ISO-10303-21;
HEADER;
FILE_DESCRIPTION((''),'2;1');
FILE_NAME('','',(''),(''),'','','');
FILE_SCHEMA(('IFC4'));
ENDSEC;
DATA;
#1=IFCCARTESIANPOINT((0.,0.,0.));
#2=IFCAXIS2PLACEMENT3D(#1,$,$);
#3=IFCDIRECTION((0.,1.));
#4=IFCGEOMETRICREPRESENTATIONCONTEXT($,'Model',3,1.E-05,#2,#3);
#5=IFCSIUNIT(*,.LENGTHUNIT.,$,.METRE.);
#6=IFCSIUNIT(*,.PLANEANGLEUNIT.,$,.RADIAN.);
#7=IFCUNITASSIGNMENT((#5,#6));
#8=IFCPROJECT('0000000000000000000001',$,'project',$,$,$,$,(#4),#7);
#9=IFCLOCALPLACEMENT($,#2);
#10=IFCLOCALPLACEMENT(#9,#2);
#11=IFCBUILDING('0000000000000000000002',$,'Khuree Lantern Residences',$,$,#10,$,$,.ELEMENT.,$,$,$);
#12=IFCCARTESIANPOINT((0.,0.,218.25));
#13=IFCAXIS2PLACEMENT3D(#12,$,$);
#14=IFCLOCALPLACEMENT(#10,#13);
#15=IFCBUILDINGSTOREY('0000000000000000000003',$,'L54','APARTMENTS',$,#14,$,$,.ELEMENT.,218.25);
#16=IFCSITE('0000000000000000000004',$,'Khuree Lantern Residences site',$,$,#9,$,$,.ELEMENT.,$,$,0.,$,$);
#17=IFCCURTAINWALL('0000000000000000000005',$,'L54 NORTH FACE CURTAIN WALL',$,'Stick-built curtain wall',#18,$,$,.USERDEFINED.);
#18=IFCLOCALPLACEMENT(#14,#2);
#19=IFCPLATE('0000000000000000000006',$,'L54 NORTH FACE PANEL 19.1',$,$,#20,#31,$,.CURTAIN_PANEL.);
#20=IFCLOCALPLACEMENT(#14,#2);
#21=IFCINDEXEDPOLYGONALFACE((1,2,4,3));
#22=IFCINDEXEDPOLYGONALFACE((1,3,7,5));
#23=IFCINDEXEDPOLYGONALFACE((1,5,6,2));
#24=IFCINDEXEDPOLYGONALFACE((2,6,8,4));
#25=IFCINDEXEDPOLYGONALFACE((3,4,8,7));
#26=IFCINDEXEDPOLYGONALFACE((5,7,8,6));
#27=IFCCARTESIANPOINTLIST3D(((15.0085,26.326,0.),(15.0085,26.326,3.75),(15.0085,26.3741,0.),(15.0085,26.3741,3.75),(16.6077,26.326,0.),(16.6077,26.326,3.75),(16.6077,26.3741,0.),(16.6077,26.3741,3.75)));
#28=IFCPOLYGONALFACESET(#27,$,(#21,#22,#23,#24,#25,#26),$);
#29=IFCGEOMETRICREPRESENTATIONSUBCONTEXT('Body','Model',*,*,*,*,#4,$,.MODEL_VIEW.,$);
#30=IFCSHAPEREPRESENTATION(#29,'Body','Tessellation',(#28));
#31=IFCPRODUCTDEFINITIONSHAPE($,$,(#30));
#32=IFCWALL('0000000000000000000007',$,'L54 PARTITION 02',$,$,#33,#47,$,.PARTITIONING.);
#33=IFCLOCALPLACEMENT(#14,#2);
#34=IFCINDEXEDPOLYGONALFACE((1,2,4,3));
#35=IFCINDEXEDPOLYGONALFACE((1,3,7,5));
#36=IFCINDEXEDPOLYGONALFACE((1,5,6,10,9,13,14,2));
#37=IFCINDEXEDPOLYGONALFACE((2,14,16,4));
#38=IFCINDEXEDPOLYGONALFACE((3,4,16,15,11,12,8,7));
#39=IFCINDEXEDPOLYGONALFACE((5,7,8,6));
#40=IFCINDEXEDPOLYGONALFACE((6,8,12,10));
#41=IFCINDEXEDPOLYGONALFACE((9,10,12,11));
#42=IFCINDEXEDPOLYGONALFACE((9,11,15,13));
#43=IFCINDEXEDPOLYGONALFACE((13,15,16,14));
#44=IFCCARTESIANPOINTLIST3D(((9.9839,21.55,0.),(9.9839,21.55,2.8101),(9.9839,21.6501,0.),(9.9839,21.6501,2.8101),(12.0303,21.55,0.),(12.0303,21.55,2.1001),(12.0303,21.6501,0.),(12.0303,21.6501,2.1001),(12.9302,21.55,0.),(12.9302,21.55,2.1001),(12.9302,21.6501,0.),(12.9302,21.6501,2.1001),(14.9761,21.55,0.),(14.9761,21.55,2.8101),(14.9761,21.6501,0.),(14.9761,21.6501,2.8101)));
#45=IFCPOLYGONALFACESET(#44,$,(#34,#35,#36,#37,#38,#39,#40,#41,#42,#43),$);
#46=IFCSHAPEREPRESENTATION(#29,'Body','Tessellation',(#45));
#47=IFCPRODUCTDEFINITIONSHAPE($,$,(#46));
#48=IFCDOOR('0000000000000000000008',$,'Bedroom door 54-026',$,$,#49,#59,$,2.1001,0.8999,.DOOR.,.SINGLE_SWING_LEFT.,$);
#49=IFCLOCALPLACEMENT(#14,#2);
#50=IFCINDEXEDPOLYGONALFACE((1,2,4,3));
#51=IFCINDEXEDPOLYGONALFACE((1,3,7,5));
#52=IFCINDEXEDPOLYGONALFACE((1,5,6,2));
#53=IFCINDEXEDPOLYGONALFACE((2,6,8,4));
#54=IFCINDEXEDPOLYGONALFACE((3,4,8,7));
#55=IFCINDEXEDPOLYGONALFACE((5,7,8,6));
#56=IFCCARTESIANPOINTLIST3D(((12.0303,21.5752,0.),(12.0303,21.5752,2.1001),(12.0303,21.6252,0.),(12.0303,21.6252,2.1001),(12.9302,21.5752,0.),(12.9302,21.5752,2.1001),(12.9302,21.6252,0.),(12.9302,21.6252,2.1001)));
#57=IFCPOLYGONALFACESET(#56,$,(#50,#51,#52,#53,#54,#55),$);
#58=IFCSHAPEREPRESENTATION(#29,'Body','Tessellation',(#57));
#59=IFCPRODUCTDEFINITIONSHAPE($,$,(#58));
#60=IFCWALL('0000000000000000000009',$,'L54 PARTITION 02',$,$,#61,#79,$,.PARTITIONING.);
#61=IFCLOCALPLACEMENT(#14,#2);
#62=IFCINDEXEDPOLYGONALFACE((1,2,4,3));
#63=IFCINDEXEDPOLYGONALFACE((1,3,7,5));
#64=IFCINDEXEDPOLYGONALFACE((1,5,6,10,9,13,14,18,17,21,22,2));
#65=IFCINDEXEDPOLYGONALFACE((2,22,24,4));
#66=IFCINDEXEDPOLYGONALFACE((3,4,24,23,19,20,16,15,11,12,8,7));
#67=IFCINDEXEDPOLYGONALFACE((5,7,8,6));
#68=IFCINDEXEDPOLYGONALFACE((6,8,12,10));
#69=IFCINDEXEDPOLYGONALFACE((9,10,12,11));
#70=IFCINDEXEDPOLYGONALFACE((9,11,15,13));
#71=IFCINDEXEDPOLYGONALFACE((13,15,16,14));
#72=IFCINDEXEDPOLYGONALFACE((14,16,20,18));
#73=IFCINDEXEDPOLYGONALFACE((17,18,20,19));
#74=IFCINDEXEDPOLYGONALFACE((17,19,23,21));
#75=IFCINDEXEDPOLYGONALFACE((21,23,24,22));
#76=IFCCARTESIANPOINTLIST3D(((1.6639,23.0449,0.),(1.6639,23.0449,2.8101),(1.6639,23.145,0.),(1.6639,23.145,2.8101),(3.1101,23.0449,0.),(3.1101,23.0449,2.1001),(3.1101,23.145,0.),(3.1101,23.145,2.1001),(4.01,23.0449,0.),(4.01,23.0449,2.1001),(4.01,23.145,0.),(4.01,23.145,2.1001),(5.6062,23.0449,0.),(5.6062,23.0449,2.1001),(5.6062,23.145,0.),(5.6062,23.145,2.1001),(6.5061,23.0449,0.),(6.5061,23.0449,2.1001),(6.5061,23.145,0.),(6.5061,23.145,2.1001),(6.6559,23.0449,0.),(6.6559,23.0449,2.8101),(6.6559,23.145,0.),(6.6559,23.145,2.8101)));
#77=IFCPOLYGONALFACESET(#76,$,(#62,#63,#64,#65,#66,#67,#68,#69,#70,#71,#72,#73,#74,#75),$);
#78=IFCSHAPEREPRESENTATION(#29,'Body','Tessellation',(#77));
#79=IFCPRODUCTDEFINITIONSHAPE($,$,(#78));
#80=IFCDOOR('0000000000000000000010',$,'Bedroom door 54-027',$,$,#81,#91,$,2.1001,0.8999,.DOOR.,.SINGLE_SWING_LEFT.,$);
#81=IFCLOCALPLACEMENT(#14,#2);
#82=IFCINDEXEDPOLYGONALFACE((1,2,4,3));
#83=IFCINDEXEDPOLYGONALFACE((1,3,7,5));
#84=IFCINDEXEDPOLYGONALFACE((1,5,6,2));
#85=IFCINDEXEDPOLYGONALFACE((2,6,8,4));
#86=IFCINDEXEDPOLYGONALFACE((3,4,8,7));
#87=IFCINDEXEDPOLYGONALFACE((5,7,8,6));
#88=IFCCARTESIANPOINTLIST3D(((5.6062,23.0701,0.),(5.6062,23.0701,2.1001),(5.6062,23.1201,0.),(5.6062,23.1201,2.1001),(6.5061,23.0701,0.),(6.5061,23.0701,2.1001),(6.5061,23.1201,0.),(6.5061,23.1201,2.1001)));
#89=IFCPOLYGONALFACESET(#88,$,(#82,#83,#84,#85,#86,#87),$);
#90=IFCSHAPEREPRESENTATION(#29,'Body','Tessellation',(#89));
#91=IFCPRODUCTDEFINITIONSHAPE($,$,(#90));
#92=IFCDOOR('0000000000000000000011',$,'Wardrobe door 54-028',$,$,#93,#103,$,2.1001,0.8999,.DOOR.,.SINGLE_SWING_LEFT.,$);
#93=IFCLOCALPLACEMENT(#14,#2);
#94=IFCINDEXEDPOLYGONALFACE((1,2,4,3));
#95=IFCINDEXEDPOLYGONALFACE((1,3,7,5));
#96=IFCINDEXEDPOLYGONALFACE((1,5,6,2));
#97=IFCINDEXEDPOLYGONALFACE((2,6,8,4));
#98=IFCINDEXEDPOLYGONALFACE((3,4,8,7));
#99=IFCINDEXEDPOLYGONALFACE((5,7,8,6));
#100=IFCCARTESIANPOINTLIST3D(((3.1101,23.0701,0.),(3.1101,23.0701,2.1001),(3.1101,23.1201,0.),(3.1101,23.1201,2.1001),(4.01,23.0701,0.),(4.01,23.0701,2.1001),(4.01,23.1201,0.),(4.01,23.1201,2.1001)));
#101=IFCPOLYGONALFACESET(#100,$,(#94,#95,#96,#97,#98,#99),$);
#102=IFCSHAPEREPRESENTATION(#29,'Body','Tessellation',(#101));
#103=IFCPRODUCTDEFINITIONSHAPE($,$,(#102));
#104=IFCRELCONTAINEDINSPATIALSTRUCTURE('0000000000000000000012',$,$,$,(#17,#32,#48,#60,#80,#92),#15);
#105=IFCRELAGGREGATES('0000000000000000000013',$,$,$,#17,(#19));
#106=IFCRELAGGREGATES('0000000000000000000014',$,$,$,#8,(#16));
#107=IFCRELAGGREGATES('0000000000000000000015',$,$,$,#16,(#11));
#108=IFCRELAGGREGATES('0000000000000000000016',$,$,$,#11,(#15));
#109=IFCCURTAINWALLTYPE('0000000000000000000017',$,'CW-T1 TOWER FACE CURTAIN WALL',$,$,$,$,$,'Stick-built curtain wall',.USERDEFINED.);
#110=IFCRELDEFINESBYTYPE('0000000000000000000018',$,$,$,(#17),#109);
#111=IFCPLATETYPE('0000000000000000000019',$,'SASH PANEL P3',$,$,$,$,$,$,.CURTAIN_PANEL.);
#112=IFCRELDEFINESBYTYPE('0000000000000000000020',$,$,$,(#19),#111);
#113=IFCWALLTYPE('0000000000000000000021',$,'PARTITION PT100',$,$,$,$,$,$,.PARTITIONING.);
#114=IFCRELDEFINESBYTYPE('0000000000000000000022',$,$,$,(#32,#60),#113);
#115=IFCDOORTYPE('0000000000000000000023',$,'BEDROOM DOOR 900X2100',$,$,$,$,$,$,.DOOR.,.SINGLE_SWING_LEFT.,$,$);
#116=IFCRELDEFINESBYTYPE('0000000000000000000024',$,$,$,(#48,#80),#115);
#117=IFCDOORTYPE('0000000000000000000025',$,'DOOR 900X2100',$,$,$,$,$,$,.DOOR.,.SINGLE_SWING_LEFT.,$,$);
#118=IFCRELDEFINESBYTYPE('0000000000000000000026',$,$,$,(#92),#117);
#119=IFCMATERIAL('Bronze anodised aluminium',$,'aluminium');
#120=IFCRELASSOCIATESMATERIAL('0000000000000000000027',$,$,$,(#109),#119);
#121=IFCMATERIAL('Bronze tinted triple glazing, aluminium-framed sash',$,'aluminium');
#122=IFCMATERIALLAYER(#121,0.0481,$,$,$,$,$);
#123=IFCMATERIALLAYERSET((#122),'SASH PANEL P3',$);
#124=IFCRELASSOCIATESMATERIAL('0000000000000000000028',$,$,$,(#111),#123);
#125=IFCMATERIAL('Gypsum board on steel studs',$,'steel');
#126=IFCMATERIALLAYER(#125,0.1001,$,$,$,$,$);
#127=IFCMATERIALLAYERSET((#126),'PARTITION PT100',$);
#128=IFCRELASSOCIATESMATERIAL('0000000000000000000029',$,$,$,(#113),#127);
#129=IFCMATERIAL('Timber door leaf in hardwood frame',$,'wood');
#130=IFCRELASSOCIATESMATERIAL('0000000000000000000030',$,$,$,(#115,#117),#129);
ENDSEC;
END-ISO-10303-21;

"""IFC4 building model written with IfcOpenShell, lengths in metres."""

from ifc_helpers import new_model, si_unit, direction, frame, frame_2d, origin, origin_2d, place, context, subcontext, project, spatial, rectangle, extrude, material, layer, layer_set, type_object, element, fill, aggregate, save


model = new_model("IFC4")

# Units and contexts
model_context = context("Model", 3, precision=1e-05, world=origin(), true_north=direction((0.0, 1.0)))
body_context = subcontext(model_context, "Body", "Model", "MODEL_VIEW")
ifc_project = project(units=[si_unit("LENGTHUNIT", "METRE"), si_unit("PLANEANGLEUNIT", "RADIAN")], contexts=[model_context])

# Site, building, storey
site_placement = place(None, origin())
site = spatial("IfcSite", under=ifc_project, at=site_placement, Name="Khuree Lantern Residences site", CompositionType="ELEMENT", RefElevation=0.0)
building_placement = place(site_placement, origin())
building = spatial("IfcBuilding", under=site, at=building_placement, Name="Khuree Lantern Residences", CompositionType="ELEMENT")
storey_placement = place(building_placement, frame((0.0, 0.0, 218.25)))
storey = spatial("IfcBuildingStorey", under=building, at=storey_placement, Name="L54", Description="APARTMENTS", CompositionType="ELEMENT", Elevation=218.25)

# Curtain wall
ifc_material_1 = material(Name="Bronze anodised aluminium", Category="aluminium")
curtain_wall_type = type_object("IfcCurtainWallType", Name="CW-T1 TOWER FACE CURTAIN WALL", ElementType="Stick-built curtain wall", PredefinedType="USERDEFINED", material=ifc_material_1)
curtain_wall_placement = place(storey_placement, origin())
curtain_wall = element("IfcCurtainWall", 1, at=curtain_wall_placement, inside=storey, type_object=curtain_wall_type, Name="L54 NORTH FACE CURTAIN WALL", ObjectType="Stick-built curtain wall", PredefinedType="USERDEFINED")

# Plate
ifc_material_2 = material(Name="Bronze tinted triple glazing, aluminium-framed sash", Category="aluminium")
ifc_layer_1 = layer(ifc_material_2, 0.0481)
ifc_layer_set_1 = layer_set([ifc_layer_1], Name="SASH PANEL P3")
plate_type_1 = type_object("IfcPlateType", Name="SASH PANEL P3", PredefinedType="CURTAIN_PANEL", material=ifc_layer_set_1)
plate_1_placement = place(storey_placement, frame((15.8081, 26.3501, 0.0), z_axis=(0.0, 0.0, 1.0), x_axis=(-1.0, 0.0, 0.0)))
plate_1 = element("IfcPlate", 2, at=plate_1_placement, type_object=plate_type_1, Name="L54 NORTH FACE PANEL 19.1", PredefinedType="CURTAIN_PANEL", context=body_context, shape_type="SweptSolid", body=[
    extrude(rectangle(XDim=1.5991, YDim=0.0481, at=origin_2d()), origin(), (0.0, 0.0, 1.0), 3.75),
])
aggregate(curtain_wall, [plate_1])

# Wall, opening, door
ifc_material_3 = material(Name="Gypsum board on steel studs", Category="steel")
ifc_layer_2 = layer(ifc_material_3, 0.1001)
ifc_layer_set_2 = layer_set([ifc_layer_2], Name="PARTITION PT100")
wall_type = type_object("IfcWallType", Name="PARTITION PT100", PredefinedType="PARTITIONING", material=ifc_layer_set_2)
wall_1_placement = place(storey_placement, frame((14.9761, 21.6001, 0.0), z_axis=(0.0, 0.0, 1.0), x_axis=(-1.0, 0.0, 0.0)))
wall_1 = element("IfcWall", 3, at=wall_1_placement, inside=storey, type_object=wall_type, Name="L54 PARTITION 02", PredefinedType="PARTITIONING", context=body_context, shape_type="SweptSolid", body=[
    extrude(rectangle(XDim=4.9922, YDim=0.1001, at=frame_2d((2.4961, 0.0))), origin(), (0.0, 0.0, 1.0), 2.8101),
])
opening_1_placement = place(wall_1_placement, frame((2.0459, 0.0, 0.0)))
opening_1 = element("IfcOpeningElement", 4, at=opening_1_placement, cuts=wall_1, PredefinedType="OPENING", context=body_context, shape_type="SweptSolid", body=[
    extrude(rectangle(XDim=0.8999, YDim=2.1001, at=frame_2d((0.45, 1.05))), frame((0.0, 0.0601, 0.0), z_axis=(0.0, -1.0, 0.0), x_axis=(1.0, 0.0, 0.0)), (0.0, 0.0, 1.0), 0.1201),
])
ifc_material_4 = material(Name="Timber door leaf in hardwood frame", Category="wood")
door_type_1 = type_object("IfcDoorType", Name="BEDROOM DOOR 900X2100", OperationType="SINGLE_SWING_LEFT", PredefinedType="DOOR", material=ifc_material_4)
door_1_placement = place(opening_1_placement, origin())
door_1 = element("IfcDoor", 5, at=door_1_placement, inside=storey, type_object=door_type_1, Name="Bedroom door 54-026", OperationType="SINGLE_SWING_LEFT", OverallHeight=2.1001, OverallWidth=0.8999, PredefinedType="DOOR", context=body_context, shape_type="SweptSolid", body=[
    extrude(rectangle(XDim=0.8999, YDim=2.1001, at=frame_2d((0.45, 1.05))), frame((0.0, 0.0249, 0.0), z_axis=(0.0, -1.0, 0.0), x_axis=(1.0, 0.0, 0.0)), (0.0, 0.0, 1.0), 0.05),
])
fill(opening_1, door_1)

# Wall, openings, doors
wall_2_placement = place(storey_placement, frame((6.656, 23.095, 0.0), z_axis=(0.0, 0.0, 1.0), x_axis=(-1.0, 0.0, 0.0)))
wall_2 = element("IfcWall", 6, at=wall_2_placement, inside=storey, type_object=wall_type, Name="L54 PARTITION 02", PredefinedType="PARTITIONING", context=body_context, shape_type="SweptSolid", body=[
    extrude(rectangle(XDim=4.9919, YDim=0.1001, at=frame_2d((2.4961, 0.0))), origin(), (0.0, 0.0, 1.0), 2.8101),
])
opening_2_placement = place(wall_2_placement, frame((0.1499, 0.0, 0.0)))
opening_2 = element("IfcOpeningElement", 7, at=opening_2_placement, cuts=wall_2, PredefinedType="OPENING", context=body_context, shape_type="SweptSolid", body=[
    extrude(rectangle(XDim=0.8999, YDim=2.1001, at=frame_2d((0.45, 1.05))), frame((0.0, 0.0601, 0.0), z_axis=(0.0, -1.0, 0.0), x_axis=(1.0, 0.0, 0.0)), (0.0, 0.0, 1.0), 0.1201),
])
opening_3_placement = place(wall_2_placement, frame((2.646, 0.0, 0.0)))
opening_3 = element("IfcOpeningElement", 8, at=opening_3_placement, cuts=wall_2, PredefinedType="OPENING", context=body_context, shape_type="SweptSolid", body=[
    extrude(rectangle(XDim=0.8999, YDim=2.1001, at=frame_2d((0.45, 1.05))), frame((0.0, 0.0601, 0.0), z_axis=(0.0, -1.0, 0.0), x_axis=(1.0, 0.0, 0.0)), (0.0, 0.0, 1.0), 0.1201),
])
door_2_placement = place(opening_2_placement, origin())
door_2 = element("IfcDoor", 9, at=door_2_placement, inside=storey, type_object=door_type_1, Name="Bedroom door 54-027", OperationType="SINGLE_SWING_LEFT", OverallHeight=2.1001, OverallWidth=0.8999, PredefinedType="DOOR", context=body_context, shape_type="SweptSolid", body=[
    extrude(rectangle(XDim=0.8999, YDim=2.1001, at=frame_2d((0.45, 1.05))), frame((0.0, 0.0249, 0.0), z_axis=(0.0, -1.0, 0.0), x_axis=(1.0, 0.0, 0.0)), (0.0, 0.0, 1.0), 0.05),
])
fill(opening_2, door_2)
door_type_2 = type_object("IfcDoorType", Name="DOOR 900X2100", OperationType="SINGLE_SWING_LEFT", PredefinedType="DOOR", material=ifc_material_4)
door_3_placement = place(opening_3_placement, origin())
door_3 = element("IfcDoor", 10, at=door_3_placement, inside=storey, type_object=door_type_2, Name="Wardrobe door 54-028", OperationType="SINGLE_SWING_LEFT", OverallHeight=2.1001, OverallWidth=0.8999, PredefinedType="DOOR", context=body_context, shape_type="SweptSolid", body=[
    extrude(rectangle(XDim=0.8999, YDim=2.1001, at=frame_2d((0.45, 1.05))), frame((0.0, 0.0249, 0.0), z_axis=(0.0, -1.0, 0.0), x_axis=(1.0, 0.0, 0.0)), (0.0, 0.0, 1.0), 0.05),
])
fill(opening_3, door_3)

save(model, "model.ifc")
